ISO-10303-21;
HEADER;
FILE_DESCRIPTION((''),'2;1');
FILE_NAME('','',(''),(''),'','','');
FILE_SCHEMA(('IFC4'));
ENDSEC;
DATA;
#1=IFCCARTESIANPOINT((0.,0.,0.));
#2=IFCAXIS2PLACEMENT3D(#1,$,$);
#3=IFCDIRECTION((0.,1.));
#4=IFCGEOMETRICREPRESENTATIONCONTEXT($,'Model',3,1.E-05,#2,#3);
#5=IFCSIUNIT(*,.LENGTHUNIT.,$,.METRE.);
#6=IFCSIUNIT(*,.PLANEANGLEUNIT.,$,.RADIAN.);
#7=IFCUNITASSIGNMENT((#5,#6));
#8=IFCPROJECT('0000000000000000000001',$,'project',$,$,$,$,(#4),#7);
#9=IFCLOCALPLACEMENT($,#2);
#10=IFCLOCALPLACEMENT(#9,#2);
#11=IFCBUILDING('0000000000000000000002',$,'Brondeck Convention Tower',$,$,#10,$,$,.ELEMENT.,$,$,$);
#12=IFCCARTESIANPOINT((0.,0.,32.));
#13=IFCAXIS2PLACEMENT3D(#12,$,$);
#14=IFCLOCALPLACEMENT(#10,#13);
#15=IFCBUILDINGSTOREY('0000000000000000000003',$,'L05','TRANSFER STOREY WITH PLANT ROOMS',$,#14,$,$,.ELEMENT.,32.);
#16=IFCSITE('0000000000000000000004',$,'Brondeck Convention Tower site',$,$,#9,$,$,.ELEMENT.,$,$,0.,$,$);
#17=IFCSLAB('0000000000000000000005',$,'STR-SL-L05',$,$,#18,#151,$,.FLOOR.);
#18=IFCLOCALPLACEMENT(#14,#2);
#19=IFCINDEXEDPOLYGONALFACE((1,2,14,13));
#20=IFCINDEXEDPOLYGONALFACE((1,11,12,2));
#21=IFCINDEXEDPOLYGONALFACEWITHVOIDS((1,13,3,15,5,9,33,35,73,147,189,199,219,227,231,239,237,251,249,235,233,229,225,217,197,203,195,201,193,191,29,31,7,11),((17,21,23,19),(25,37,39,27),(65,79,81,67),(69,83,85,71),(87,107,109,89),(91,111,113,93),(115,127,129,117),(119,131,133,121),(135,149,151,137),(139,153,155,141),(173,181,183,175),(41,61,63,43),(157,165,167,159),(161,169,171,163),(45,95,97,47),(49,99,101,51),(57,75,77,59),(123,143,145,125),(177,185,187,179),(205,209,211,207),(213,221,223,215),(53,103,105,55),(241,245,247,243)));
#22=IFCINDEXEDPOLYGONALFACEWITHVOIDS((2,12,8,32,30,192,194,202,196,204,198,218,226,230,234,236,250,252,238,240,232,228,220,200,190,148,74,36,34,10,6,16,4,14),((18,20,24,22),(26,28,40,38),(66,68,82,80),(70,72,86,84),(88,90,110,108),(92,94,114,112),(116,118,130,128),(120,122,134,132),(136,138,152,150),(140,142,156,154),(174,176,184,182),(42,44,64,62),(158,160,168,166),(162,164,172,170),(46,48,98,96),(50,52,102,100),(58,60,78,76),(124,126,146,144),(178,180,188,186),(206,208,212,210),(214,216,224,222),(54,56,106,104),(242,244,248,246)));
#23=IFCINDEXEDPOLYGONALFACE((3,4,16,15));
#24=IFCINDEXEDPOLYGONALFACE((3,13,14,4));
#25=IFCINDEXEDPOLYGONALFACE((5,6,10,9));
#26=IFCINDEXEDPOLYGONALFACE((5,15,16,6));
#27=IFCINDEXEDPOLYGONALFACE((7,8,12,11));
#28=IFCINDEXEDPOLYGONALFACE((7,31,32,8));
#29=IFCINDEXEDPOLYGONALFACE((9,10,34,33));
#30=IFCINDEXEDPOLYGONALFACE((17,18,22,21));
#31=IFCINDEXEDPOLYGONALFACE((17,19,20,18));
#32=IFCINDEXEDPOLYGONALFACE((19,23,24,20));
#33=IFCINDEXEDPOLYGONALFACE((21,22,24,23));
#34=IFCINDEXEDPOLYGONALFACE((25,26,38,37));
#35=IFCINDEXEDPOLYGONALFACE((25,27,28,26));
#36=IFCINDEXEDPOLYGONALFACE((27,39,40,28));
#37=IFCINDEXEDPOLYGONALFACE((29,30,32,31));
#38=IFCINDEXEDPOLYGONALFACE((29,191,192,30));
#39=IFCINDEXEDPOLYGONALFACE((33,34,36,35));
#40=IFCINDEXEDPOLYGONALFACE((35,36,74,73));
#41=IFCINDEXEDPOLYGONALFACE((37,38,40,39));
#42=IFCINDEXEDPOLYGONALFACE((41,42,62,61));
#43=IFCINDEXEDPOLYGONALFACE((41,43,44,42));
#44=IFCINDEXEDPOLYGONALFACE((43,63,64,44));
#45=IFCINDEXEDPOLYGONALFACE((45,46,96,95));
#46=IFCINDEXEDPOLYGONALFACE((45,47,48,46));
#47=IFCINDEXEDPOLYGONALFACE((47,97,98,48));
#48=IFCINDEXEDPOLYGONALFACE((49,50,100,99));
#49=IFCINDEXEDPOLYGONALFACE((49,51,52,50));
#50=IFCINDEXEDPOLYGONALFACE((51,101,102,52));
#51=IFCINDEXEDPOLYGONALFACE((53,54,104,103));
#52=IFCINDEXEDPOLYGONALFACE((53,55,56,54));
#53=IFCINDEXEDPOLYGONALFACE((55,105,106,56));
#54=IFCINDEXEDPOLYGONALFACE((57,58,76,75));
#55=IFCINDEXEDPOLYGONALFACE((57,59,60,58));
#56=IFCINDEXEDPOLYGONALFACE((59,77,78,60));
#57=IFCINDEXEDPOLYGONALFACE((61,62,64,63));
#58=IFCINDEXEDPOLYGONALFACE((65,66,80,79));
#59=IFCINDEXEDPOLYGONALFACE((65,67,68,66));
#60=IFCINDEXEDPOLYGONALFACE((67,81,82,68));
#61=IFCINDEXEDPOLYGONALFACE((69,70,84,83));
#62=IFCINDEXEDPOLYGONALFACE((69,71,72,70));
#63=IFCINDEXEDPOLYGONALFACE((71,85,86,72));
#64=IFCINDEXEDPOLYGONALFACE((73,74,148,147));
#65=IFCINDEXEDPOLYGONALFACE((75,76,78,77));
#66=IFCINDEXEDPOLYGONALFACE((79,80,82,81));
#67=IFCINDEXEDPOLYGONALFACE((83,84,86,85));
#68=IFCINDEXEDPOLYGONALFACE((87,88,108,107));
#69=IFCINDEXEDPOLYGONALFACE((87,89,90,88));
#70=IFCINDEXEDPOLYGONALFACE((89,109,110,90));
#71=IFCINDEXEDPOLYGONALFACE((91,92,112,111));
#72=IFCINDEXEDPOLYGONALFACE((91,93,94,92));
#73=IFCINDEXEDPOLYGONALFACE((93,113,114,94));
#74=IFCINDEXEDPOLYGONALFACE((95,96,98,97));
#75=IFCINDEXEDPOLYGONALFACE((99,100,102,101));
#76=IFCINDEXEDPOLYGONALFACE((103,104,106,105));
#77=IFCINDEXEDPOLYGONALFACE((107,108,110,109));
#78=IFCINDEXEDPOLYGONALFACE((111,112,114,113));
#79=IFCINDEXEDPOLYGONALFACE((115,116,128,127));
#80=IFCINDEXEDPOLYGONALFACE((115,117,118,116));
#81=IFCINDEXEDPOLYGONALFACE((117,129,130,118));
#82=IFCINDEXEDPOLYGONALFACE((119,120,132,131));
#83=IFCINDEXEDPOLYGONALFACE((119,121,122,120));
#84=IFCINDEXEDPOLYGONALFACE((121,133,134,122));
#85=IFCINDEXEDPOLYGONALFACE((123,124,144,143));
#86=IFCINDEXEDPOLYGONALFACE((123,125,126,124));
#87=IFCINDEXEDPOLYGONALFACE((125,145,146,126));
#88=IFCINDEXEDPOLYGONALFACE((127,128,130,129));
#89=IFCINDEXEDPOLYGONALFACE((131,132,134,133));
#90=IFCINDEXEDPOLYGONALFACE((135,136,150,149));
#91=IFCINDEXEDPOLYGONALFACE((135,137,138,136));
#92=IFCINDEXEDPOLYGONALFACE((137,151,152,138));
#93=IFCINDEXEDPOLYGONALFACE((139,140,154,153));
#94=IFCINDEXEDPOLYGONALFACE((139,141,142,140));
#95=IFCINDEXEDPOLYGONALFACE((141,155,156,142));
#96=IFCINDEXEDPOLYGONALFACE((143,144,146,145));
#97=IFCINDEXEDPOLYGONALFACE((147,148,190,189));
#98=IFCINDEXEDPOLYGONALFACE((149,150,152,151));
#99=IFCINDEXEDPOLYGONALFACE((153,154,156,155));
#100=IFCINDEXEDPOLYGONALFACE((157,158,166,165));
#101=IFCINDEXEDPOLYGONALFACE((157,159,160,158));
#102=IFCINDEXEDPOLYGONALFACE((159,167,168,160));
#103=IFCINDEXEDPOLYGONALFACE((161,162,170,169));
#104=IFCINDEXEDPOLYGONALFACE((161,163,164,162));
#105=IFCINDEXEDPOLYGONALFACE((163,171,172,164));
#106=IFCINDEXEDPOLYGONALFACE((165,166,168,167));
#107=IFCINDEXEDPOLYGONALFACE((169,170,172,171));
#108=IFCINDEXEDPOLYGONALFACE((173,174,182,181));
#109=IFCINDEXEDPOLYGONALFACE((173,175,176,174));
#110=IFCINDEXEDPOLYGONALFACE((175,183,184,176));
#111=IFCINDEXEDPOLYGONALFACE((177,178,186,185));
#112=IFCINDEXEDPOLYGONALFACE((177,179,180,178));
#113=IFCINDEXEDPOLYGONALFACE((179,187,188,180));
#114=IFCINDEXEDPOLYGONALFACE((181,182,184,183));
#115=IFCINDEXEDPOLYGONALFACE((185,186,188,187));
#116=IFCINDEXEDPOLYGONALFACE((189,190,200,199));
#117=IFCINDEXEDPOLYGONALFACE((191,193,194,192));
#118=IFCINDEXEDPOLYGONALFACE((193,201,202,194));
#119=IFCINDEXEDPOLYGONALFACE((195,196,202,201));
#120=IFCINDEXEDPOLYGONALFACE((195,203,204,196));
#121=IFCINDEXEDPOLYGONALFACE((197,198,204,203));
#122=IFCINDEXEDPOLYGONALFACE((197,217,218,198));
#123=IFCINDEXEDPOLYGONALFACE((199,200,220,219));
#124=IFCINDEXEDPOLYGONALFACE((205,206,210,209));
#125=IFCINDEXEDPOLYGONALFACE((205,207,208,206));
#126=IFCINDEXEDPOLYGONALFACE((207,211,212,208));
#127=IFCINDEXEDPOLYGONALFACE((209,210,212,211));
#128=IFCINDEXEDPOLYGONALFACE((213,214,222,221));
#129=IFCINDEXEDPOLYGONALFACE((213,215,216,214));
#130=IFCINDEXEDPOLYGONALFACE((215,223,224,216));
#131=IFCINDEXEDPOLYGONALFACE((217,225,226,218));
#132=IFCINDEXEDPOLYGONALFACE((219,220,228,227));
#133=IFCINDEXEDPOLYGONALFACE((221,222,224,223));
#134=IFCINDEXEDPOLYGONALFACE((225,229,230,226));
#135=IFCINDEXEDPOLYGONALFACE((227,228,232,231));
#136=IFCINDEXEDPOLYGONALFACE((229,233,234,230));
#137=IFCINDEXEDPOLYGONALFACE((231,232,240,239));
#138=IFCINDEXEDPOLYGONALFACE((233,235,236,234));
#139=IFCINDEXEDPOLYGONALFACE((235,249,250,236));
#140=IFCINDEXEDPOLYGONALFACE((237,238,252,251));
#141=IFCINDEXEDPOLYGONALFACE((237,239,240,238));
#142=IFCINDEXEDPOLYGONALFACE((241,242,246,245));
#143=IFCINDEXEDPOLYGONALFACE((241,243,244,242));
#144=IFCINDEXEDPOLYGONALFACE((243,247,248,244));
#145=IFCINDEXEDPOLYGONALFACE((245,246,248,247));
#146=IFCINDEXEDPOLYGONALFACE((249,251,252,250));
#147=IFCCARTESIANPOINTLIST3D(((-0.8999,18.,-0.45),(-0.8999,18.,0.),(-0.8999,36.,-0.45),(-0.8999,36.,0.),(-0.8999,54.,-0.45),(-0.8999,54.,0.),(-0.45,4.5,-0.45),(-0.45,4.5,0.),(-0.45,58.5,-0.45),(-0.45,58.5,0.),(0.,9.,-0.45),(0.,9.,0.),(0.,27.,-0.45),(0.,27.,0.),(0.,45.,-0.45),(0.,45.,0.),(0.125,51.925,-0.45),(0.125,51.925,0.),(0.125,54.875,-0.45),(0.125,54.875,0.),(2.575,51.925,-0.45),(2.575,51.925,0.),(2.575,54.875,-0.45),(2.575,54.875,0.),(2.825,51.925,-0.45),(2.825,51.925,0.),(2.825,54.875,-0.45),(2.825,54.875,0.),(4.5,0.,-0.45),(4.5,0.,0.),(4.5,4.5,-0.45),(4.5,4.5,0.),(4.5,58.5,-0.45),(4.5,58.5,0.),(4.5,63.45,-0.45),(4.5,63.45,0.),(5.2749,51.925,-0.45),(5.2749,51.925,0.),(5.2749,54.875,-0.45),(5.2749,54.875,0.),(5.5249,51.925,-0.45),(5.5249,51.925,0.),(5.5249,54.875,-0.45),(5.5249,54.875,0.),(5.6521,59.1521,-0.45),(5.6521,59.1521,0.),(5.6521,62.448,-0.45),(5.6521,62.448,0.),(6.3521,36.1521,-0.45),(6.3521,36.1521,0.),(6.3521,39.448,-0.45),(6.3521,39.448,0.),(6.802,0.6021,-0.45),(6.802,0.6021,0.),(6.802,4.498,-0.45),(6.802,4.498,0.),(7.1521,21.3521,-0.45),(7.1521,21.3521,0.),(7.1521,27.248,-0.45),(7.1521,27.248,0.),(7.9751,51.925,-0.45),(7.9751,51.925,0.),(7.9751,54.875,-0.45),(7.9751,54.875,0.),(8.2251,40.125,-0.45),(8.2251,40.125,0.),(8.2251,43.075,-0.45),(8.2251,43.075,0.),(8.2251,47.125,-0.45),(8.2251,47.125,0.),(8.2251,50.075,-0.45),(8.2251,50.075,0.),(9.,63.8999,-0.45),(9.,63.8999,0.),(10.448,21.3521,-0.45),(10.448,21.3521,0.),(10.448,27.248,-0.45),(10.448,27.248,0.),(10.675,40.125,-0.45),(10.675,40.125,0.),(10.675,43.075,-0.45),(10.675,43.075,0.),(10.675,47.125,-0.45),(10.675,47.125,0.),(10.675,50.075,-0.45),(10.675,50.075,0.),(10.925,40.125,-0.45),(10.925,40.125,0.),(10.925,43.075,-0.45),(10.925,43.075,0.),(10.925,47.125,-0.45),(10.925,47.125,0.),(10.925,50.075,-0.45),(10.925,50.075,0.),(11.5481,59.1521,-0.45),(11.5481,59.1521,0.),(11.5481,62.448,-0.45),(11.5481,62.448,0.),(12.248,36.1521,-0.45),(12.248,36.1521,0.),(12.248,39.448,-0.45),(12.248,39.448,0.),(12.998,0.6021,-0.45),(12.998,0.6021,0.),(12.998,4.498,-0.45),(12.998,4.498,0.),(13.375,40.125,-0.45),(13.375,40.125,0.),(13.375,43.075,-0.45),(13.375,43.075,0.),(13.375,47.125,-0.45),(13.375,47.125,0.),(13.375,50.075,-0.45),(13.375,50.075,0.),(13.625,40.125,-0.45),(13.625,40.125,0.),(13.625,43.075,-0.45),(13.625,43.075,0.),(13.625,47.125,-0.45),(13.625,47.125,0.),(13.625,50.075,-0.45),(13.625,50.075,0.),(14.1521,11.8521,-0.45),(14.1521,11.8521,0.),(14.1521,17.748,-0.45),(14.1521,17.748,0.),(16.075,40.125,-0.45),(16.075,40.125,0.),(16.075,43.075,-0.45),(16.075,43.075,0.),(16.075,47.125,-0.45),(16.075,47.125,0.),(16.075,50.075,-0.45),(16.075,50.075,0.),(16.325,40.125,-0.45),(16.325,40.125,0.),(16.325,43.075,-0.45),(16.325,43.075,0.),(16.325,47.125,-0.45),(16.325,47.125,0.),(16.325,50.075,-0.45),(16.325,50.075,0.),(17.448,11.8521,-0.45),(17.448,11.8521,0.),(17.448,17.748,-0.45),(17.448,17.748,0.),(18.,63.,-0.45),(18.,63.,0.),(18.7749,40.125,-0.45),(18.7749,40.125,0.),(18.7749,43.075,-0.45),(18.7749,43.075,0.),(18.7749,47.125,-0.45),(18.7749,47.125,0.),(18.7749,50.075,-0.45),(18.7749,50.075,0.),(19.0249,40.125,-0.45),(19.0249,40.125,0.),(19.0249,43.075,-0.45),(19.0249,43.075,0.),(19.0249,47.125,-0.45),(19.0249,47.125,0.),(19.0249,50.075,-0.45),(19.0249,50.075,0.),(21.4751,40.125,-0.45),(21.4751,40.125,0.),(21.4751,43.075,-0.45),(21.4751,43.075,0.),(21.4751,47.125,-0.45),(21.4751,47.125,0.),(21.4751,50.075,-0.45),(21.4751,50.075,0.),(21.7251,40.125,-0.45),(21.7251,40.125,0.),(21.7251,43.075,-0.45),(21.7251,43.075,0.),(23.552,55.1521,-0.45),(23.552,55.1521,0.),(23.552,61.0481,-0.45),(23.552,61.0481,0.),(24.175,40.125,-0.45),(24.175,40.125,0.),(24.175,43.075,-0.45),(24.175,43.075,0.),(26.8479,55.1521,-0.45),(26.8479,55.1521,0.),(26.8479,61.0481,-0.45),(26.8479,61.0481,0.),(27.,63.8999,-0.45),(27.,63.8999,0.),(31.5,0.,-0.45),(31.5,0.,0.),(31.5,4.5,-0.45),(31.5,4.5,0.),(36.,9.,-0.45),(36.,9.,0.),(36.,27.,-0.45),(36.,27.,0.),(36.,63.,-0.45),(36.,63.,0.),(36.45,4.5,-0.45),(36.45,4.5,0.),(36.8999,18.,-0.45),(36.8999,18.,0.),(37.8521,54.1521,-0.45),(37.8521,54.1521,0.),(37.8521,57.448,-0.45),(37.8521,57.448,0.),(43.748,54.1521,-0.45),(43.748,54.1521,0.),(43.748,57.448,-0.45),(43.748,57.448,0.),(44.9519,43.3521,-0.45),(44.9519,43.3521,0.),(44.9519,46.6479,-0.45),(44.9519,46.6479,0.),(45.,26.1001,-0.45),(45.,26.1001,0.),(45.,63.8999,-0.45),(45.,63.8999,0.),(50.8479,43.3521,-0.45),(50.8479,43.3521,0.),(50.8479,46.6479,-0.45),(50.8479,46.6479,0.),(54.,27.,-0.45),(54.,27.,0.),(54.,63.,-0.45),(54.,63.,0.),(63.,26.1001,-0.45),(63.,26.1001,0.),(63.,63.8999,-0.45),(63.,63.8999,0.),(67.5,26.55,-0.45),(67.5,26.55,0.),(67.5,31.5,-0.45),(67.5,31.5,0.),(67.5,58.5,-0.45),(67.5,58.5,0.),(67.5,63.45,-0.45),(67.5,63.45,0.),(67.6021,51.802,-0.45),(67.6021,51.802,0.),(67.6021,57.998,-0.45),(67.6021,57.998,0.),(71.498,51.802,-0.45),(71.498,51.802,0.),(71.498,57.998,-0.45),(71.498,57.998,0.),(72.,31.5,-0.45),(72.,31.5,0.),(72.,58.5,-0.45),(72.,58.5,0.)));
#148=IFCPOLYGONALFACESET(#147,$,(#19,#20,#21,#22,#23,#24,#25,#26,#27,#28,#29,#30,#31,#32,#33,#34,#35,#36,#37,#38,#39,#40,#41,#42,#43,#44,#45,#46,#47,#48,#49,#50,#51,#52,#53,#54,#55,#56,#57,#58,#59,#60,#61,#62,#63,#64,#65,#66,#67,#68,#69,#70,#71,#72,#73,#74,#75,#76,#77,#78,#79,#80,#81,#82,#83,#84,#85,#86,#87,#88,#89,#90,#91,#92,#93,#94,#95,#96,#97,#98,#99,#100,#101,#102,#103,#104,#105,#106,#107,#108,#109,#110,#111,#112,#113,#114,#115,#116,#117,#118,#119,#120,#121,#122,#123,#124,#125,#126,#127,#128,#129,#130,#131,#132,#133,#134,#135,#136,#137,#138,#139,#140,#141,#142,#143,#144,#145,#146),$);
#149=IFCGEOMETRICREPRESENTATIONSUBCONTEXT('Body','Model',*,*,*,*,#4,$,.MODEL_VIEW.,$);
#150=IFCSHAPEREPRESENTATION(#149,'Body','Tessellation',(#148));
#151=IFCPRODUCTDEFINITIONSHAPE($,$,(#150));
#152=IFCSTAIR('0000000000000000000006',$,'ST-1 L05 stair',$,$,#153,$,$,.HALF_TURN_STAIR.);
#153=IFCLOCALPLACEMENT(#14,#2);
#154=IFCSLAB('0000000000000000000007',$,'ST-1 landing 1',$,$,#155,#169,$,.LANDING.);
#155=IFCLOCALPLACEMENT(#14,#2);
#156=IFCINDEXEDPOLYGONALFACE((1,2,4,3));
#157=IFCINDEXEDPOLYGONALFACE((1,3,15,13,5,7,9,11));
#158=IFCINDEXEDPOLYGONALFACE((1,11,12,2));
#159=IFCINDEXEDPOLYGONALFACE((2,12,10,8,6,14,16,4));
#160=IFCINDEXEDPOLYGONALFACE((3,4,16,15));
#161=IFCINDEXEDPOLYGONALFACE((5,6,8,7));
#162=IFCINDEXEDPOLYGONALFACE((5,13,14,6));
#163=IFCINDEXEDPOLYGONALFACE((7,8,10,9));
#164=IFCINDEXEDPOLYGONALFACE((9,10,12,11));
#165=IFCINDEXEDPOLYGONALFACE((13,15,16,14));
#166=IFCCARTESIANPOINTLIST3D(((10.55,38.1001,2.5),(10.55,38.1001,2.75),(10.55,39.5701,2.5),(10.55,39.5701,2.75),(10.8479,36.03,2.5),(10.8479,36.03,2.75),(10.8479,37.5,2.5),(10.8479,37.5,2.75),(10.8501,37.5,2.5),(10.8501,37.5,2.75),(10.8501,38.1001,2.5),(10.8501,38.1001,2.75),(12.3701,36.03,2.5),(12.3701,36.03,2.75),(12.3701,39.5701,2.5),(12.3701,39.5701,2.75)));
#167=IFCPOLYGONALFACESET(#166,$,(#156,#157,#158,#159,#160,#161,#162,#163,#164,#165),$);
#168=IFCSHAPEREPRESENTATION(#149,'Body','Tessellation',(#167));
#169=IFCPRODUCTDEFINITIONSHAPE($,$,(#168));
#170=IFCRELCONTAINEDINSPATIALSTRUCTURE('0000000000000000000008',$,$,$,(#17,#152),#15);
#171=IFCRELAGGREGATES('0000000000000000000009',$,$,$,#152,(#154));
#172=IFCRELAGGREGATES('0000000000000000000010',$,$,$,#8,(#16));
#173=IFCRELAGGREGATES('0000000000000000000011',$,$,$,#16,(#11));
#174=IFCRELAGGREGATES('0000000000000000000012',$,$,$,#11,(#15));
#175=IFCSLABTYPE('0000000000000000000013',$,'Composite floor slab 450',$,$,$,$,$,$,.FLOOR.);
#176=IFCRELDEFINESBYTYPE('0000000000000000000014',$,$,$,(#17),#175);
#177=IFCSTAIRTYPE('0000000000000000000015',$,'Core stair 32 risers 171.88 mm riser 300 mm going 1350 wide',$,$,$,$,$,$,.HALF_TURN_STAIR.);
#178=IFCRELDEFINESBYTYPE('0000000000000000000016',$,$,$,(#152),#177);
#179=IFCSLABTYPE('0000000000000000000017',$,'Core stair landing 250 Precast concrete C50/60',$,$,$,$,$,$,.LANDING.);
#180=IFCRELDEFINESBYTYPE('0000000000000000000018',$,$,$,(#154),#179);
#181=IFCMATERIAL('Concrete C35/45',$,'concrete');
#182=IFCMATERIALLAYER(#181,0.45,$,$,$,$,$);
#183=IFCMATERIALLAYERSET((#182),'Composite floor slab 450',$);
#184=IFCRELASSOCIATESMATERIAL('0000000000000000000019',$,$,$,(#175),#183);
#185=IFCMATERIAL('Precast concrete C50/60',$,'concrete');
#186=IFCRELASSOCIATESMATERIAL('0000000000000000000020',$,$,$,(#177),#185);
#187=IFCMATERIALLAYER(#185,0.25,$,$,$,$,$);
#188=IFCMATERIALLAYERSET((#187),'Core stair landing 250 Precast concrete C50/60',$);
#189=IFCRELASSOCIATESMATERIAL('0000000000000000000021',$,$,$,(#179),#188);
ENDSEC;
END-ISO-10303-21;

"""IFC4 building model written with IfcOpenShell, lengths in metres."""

from ifc_helpers import new_model, si_unit, direction, frame, origin, place, context, subcontext, project, spatial, polyline, outline, extrude, material, layer, layer_set, type_object, element, aggregate, save


model = new_model("IFC4")

# Units and contexts
model_context = context("Model", 3, precision=1e-05, world=origin(), true_north=direction((0.0, 1.0)))
body_context = subcontext(model_context, "Body", "Model", "MODEL_VIEW")
ifc_project = project(units=[si_unit("LENGTHUNIT", "METRE"), si_unit("PLANEANGLEUNIT", "RADIAN")], contexts=[model_context])

# Site, building, storey
site_placement = place(None, origin())
site = spatial("IfcSite", under=ifc_project, at=site_placement, Name="Brondeck Convention Tower site", CompositionType="ELEMENT", RefElevation=0.0)
building_placement = place(site_placement, origin())
building = spatial("IfcBuilding", under=site, at=building_placement, Name="Brondeck Convention Tower", CompositionType="ELEMENT")
storey_placement = place(building_placement, frame((0.0, 0.0, 32.0)))
storey = spatial("IfcBuildingStorey", under=building, at=storey_placement, Name="L05", Description="TRANSFER STOREY WITH PLANT ROOMS", CompositionType="ELEMENT", Elevation=32.0)

# Slab
ifc_material_1 = material(Name="Concrete C35/45", Category="concrete")
ifc_layer_1 = layer(ifc_material_1, 0.45)
ifc_layer_set_1 = layer_set([ifc_layer_1], Name="Composite floor slab 450")
slab_type_1 = type_object("IfcSlabType", Name="Composite floor slab 450", PredefinedType="FLOOR", material=ifc_layer_set_1)
slab_1_placement = place(storey_placement, frame((0.0, 0.0, -0.45)))
element("IfcSlab", 1, at=slab_1_placement, inside=storey, type_object=slab_type_1, Name="STR-SL-L05", PredefinedType="FLOOR", context=body_context, shape_type="SweptSolid", body=[
    extrude(outline(polyline([(4.5, 4.5), (-0.45, 4.5), (0.0, 9.0), (-0.8999, 18.0), (0.0, 27.0), (-0.8999, 36.0), (0.0, 45.0), (-0.8999, 54.0), (-0.45, 58.5), (4.5, 58.5), (4.5, 63.45), (9.0, 63.8999), (18.0, 63.0), (27.0, 63.8999), (36.0, 63.0), (45.0, 63.8999), (54.0, 63.0), (63.0, 63.8999), (67.5, 63.45), (67.5, 58.5), (72.0, 58.5), (72.0, 31.5), (67.5, 31.5), (67.5, 26.55), (63.0, 26.1001), (54.0, 27.0), (45.0, 26.1001), (36.0, 27.0), (36.8999, 18.0), (36.0, 9.0), (36.45, 4.5), (31.5, 4.5), (31.5, 0.0), (4.5, 0.0), (4.5, 4.5)]), holes=[polyline([(12.998, 0.6021), (12.998, 4.498), (6.802, 4.498), (6.802, 0.6021), (12.998, 0.6021)]), polyline([(10.448, 27.248), (7.1521, 27.248), (7.1521, 21.3521), (10.448, 21.3521), (10.448, 27.248)]), polyline([(12.248, 36.1521), (12.248, 39.448), (6.3521, 39.448), (6.3521, 36.1521), (12.248, 36.1521)]), polyline([(8.2251, 40.125), (10.675, 40.125), (10.675, 43.075), (8.2251, 43.075), (8.2251, 40.125)]), polyline([(10.925, 40.125), (13.375, 40.125), (13.375, 43.075), (10.925, 43.075), (10.925, 40.125)]), polyline([(10.675, 47.125), (10.675, 50.075), (8.2251, 50.075), (8.2251, 47.125), (10.675, 47.125)]), polyline([(10.925, 47.125), (13.375, 47.125), (13.375, 50.075), (10.925, 50.075), (10.925, 47.125)]), polyline([(13.625, 47.125), (16.075, 47.125), (16.075, 50.075), (13.625, 50.075), (13.625, 47.125)]), polyline([(2.575, 51.925), (2.575, 54.875), (0.125, 54.875), (0.125, 51.925), (2.575, 51.925)]), polyline([(2.825, 51.925), (5.2749, 51.925), (5.2749, 54.875), (2.825, 54.875), (2.825, 51.925)]), polyline([(5.5249, 51.925), (7.9751, 51.925), (7.9751, 54.875), (5.5249, 54.875), (5.5249, 51.925)]), polyline([(5.6521, 62.448), (5.6521, 59.1521), (11.5481, 59.1521), (11.5481, 62.448), (5.6521, 62.448)]), polyline([(17.448, 11.8521), (17.448, 17.748), (14.1521, 17.748), (14.1521, 11.8521), (17.448, 11.8521)]), polyline([(13.625, 40.125), (16.075, 40.125), (16.075, 43.075), (13.625, 43.075), (13.625, 40.125)]), polyline([(18.7749, 40.125), (18.7749, 43.075), (16.325, 43.075), (16.325, 40.125), (18.7749, 40.125)]), polyline([(19.0249, 40.125), (21.4751, 40.125), (21.4751, 43.075), (19.0249, 43.075), (19.0249, 40.125)]), polyline([(21.7251, 40.125), (24.175, 40.125), (24.175, 43.075), (21.7251, 43.075), (21.7251, 40.125)]), polyline([(50.8479, 43.3521), (50.8479, 46.6479), (44.9519, 46.6479), (44.9519, 43.3521), (50.8479, 43.3521)]), polyline([(16.325, 47.125), (18.7749, 47.125), (18.7749, 50.075), (16.325, 50.075), (16.325, 47.125)]), polyline([(19.0249, 47.125), (21.4751, 47.125), (21.4751, 50.075), (19.0249, 50.075), (19.0249, 47.125)]), polyline([(71.498, 57.998), (67.6021, 57.998), (67.6021, 51.802), (71.498, 51.802), (71.498, 57.998)]), polyline([(37.8521, 54.1521), (43.748, 54.1521), (43.748, 57.448), (37.8521, 57.448), (37.8521, 54.1521)]), polyline([(23.552, 61.0481), (23.552, 55.1521), (26.8479, 55.1521), (26.8479, 61.0481), (23.552, 61.0481)])]), origin(), (0.0, 0.0, 1.0), 0.45),
])

# Stair, slab
ifc_material_2 = material(Name="Precast concrete C50/60", Category="concrete")
stair_type = type_object("IfcStairType", Name="Core stair 32 risers 171.88 mm riser 300 mm going 1350 wide", PredefinedType="HALF_TURN_STAIR", material=ifc_material_2)
stair_1_placement = place(storey_placement, origin())
stair_1 = element("IfcStair", 2, at=stair_1_placement, inside=storey, type_object=stair_type, Name="ST-1 L05 stair", PredefinedType="HALF_TURN_STAIR")
ifc_layer_2 = layer(ifc_material_2, 0.25)
ifc_layer_set_2 = layer_set([ifc_layer_2], Name="Core stair landing 250 Precast concrete C50/60")
slab_type_2 = type_object("IfcSlabType", Name="Core stair landing 250 Precast concrete C50/60", PredefinedType="LANDING", material=ifc_layer_set_2)
slab_2_placement = place(storey_placement, frame((0.0, 0.0, 2.5)))
slab_2 = element("IfcSlab", 3, at=slab_2_placement, type_object=slab_type_2, Name="ST-1 landing 1", PredefinedType="LANDING", context=body_context, shape_type="SweptSolid", body=[
    extrude(outline(polyline([(10.8479, 37.5), (10.8501, 37.5), (10.8501, 38.1001), (10.55, 38.1001), (10.55, 39.5701), (12.3701, 39.5701), (12.3701, 36.03), (10.8479, 36.03), (10.8479, 37.5)])), origin(), (0.0, 0.0, 1.0), 0.25),
])
aggregate(stair_1, [slab_2])

save(model, "model.ifc")
